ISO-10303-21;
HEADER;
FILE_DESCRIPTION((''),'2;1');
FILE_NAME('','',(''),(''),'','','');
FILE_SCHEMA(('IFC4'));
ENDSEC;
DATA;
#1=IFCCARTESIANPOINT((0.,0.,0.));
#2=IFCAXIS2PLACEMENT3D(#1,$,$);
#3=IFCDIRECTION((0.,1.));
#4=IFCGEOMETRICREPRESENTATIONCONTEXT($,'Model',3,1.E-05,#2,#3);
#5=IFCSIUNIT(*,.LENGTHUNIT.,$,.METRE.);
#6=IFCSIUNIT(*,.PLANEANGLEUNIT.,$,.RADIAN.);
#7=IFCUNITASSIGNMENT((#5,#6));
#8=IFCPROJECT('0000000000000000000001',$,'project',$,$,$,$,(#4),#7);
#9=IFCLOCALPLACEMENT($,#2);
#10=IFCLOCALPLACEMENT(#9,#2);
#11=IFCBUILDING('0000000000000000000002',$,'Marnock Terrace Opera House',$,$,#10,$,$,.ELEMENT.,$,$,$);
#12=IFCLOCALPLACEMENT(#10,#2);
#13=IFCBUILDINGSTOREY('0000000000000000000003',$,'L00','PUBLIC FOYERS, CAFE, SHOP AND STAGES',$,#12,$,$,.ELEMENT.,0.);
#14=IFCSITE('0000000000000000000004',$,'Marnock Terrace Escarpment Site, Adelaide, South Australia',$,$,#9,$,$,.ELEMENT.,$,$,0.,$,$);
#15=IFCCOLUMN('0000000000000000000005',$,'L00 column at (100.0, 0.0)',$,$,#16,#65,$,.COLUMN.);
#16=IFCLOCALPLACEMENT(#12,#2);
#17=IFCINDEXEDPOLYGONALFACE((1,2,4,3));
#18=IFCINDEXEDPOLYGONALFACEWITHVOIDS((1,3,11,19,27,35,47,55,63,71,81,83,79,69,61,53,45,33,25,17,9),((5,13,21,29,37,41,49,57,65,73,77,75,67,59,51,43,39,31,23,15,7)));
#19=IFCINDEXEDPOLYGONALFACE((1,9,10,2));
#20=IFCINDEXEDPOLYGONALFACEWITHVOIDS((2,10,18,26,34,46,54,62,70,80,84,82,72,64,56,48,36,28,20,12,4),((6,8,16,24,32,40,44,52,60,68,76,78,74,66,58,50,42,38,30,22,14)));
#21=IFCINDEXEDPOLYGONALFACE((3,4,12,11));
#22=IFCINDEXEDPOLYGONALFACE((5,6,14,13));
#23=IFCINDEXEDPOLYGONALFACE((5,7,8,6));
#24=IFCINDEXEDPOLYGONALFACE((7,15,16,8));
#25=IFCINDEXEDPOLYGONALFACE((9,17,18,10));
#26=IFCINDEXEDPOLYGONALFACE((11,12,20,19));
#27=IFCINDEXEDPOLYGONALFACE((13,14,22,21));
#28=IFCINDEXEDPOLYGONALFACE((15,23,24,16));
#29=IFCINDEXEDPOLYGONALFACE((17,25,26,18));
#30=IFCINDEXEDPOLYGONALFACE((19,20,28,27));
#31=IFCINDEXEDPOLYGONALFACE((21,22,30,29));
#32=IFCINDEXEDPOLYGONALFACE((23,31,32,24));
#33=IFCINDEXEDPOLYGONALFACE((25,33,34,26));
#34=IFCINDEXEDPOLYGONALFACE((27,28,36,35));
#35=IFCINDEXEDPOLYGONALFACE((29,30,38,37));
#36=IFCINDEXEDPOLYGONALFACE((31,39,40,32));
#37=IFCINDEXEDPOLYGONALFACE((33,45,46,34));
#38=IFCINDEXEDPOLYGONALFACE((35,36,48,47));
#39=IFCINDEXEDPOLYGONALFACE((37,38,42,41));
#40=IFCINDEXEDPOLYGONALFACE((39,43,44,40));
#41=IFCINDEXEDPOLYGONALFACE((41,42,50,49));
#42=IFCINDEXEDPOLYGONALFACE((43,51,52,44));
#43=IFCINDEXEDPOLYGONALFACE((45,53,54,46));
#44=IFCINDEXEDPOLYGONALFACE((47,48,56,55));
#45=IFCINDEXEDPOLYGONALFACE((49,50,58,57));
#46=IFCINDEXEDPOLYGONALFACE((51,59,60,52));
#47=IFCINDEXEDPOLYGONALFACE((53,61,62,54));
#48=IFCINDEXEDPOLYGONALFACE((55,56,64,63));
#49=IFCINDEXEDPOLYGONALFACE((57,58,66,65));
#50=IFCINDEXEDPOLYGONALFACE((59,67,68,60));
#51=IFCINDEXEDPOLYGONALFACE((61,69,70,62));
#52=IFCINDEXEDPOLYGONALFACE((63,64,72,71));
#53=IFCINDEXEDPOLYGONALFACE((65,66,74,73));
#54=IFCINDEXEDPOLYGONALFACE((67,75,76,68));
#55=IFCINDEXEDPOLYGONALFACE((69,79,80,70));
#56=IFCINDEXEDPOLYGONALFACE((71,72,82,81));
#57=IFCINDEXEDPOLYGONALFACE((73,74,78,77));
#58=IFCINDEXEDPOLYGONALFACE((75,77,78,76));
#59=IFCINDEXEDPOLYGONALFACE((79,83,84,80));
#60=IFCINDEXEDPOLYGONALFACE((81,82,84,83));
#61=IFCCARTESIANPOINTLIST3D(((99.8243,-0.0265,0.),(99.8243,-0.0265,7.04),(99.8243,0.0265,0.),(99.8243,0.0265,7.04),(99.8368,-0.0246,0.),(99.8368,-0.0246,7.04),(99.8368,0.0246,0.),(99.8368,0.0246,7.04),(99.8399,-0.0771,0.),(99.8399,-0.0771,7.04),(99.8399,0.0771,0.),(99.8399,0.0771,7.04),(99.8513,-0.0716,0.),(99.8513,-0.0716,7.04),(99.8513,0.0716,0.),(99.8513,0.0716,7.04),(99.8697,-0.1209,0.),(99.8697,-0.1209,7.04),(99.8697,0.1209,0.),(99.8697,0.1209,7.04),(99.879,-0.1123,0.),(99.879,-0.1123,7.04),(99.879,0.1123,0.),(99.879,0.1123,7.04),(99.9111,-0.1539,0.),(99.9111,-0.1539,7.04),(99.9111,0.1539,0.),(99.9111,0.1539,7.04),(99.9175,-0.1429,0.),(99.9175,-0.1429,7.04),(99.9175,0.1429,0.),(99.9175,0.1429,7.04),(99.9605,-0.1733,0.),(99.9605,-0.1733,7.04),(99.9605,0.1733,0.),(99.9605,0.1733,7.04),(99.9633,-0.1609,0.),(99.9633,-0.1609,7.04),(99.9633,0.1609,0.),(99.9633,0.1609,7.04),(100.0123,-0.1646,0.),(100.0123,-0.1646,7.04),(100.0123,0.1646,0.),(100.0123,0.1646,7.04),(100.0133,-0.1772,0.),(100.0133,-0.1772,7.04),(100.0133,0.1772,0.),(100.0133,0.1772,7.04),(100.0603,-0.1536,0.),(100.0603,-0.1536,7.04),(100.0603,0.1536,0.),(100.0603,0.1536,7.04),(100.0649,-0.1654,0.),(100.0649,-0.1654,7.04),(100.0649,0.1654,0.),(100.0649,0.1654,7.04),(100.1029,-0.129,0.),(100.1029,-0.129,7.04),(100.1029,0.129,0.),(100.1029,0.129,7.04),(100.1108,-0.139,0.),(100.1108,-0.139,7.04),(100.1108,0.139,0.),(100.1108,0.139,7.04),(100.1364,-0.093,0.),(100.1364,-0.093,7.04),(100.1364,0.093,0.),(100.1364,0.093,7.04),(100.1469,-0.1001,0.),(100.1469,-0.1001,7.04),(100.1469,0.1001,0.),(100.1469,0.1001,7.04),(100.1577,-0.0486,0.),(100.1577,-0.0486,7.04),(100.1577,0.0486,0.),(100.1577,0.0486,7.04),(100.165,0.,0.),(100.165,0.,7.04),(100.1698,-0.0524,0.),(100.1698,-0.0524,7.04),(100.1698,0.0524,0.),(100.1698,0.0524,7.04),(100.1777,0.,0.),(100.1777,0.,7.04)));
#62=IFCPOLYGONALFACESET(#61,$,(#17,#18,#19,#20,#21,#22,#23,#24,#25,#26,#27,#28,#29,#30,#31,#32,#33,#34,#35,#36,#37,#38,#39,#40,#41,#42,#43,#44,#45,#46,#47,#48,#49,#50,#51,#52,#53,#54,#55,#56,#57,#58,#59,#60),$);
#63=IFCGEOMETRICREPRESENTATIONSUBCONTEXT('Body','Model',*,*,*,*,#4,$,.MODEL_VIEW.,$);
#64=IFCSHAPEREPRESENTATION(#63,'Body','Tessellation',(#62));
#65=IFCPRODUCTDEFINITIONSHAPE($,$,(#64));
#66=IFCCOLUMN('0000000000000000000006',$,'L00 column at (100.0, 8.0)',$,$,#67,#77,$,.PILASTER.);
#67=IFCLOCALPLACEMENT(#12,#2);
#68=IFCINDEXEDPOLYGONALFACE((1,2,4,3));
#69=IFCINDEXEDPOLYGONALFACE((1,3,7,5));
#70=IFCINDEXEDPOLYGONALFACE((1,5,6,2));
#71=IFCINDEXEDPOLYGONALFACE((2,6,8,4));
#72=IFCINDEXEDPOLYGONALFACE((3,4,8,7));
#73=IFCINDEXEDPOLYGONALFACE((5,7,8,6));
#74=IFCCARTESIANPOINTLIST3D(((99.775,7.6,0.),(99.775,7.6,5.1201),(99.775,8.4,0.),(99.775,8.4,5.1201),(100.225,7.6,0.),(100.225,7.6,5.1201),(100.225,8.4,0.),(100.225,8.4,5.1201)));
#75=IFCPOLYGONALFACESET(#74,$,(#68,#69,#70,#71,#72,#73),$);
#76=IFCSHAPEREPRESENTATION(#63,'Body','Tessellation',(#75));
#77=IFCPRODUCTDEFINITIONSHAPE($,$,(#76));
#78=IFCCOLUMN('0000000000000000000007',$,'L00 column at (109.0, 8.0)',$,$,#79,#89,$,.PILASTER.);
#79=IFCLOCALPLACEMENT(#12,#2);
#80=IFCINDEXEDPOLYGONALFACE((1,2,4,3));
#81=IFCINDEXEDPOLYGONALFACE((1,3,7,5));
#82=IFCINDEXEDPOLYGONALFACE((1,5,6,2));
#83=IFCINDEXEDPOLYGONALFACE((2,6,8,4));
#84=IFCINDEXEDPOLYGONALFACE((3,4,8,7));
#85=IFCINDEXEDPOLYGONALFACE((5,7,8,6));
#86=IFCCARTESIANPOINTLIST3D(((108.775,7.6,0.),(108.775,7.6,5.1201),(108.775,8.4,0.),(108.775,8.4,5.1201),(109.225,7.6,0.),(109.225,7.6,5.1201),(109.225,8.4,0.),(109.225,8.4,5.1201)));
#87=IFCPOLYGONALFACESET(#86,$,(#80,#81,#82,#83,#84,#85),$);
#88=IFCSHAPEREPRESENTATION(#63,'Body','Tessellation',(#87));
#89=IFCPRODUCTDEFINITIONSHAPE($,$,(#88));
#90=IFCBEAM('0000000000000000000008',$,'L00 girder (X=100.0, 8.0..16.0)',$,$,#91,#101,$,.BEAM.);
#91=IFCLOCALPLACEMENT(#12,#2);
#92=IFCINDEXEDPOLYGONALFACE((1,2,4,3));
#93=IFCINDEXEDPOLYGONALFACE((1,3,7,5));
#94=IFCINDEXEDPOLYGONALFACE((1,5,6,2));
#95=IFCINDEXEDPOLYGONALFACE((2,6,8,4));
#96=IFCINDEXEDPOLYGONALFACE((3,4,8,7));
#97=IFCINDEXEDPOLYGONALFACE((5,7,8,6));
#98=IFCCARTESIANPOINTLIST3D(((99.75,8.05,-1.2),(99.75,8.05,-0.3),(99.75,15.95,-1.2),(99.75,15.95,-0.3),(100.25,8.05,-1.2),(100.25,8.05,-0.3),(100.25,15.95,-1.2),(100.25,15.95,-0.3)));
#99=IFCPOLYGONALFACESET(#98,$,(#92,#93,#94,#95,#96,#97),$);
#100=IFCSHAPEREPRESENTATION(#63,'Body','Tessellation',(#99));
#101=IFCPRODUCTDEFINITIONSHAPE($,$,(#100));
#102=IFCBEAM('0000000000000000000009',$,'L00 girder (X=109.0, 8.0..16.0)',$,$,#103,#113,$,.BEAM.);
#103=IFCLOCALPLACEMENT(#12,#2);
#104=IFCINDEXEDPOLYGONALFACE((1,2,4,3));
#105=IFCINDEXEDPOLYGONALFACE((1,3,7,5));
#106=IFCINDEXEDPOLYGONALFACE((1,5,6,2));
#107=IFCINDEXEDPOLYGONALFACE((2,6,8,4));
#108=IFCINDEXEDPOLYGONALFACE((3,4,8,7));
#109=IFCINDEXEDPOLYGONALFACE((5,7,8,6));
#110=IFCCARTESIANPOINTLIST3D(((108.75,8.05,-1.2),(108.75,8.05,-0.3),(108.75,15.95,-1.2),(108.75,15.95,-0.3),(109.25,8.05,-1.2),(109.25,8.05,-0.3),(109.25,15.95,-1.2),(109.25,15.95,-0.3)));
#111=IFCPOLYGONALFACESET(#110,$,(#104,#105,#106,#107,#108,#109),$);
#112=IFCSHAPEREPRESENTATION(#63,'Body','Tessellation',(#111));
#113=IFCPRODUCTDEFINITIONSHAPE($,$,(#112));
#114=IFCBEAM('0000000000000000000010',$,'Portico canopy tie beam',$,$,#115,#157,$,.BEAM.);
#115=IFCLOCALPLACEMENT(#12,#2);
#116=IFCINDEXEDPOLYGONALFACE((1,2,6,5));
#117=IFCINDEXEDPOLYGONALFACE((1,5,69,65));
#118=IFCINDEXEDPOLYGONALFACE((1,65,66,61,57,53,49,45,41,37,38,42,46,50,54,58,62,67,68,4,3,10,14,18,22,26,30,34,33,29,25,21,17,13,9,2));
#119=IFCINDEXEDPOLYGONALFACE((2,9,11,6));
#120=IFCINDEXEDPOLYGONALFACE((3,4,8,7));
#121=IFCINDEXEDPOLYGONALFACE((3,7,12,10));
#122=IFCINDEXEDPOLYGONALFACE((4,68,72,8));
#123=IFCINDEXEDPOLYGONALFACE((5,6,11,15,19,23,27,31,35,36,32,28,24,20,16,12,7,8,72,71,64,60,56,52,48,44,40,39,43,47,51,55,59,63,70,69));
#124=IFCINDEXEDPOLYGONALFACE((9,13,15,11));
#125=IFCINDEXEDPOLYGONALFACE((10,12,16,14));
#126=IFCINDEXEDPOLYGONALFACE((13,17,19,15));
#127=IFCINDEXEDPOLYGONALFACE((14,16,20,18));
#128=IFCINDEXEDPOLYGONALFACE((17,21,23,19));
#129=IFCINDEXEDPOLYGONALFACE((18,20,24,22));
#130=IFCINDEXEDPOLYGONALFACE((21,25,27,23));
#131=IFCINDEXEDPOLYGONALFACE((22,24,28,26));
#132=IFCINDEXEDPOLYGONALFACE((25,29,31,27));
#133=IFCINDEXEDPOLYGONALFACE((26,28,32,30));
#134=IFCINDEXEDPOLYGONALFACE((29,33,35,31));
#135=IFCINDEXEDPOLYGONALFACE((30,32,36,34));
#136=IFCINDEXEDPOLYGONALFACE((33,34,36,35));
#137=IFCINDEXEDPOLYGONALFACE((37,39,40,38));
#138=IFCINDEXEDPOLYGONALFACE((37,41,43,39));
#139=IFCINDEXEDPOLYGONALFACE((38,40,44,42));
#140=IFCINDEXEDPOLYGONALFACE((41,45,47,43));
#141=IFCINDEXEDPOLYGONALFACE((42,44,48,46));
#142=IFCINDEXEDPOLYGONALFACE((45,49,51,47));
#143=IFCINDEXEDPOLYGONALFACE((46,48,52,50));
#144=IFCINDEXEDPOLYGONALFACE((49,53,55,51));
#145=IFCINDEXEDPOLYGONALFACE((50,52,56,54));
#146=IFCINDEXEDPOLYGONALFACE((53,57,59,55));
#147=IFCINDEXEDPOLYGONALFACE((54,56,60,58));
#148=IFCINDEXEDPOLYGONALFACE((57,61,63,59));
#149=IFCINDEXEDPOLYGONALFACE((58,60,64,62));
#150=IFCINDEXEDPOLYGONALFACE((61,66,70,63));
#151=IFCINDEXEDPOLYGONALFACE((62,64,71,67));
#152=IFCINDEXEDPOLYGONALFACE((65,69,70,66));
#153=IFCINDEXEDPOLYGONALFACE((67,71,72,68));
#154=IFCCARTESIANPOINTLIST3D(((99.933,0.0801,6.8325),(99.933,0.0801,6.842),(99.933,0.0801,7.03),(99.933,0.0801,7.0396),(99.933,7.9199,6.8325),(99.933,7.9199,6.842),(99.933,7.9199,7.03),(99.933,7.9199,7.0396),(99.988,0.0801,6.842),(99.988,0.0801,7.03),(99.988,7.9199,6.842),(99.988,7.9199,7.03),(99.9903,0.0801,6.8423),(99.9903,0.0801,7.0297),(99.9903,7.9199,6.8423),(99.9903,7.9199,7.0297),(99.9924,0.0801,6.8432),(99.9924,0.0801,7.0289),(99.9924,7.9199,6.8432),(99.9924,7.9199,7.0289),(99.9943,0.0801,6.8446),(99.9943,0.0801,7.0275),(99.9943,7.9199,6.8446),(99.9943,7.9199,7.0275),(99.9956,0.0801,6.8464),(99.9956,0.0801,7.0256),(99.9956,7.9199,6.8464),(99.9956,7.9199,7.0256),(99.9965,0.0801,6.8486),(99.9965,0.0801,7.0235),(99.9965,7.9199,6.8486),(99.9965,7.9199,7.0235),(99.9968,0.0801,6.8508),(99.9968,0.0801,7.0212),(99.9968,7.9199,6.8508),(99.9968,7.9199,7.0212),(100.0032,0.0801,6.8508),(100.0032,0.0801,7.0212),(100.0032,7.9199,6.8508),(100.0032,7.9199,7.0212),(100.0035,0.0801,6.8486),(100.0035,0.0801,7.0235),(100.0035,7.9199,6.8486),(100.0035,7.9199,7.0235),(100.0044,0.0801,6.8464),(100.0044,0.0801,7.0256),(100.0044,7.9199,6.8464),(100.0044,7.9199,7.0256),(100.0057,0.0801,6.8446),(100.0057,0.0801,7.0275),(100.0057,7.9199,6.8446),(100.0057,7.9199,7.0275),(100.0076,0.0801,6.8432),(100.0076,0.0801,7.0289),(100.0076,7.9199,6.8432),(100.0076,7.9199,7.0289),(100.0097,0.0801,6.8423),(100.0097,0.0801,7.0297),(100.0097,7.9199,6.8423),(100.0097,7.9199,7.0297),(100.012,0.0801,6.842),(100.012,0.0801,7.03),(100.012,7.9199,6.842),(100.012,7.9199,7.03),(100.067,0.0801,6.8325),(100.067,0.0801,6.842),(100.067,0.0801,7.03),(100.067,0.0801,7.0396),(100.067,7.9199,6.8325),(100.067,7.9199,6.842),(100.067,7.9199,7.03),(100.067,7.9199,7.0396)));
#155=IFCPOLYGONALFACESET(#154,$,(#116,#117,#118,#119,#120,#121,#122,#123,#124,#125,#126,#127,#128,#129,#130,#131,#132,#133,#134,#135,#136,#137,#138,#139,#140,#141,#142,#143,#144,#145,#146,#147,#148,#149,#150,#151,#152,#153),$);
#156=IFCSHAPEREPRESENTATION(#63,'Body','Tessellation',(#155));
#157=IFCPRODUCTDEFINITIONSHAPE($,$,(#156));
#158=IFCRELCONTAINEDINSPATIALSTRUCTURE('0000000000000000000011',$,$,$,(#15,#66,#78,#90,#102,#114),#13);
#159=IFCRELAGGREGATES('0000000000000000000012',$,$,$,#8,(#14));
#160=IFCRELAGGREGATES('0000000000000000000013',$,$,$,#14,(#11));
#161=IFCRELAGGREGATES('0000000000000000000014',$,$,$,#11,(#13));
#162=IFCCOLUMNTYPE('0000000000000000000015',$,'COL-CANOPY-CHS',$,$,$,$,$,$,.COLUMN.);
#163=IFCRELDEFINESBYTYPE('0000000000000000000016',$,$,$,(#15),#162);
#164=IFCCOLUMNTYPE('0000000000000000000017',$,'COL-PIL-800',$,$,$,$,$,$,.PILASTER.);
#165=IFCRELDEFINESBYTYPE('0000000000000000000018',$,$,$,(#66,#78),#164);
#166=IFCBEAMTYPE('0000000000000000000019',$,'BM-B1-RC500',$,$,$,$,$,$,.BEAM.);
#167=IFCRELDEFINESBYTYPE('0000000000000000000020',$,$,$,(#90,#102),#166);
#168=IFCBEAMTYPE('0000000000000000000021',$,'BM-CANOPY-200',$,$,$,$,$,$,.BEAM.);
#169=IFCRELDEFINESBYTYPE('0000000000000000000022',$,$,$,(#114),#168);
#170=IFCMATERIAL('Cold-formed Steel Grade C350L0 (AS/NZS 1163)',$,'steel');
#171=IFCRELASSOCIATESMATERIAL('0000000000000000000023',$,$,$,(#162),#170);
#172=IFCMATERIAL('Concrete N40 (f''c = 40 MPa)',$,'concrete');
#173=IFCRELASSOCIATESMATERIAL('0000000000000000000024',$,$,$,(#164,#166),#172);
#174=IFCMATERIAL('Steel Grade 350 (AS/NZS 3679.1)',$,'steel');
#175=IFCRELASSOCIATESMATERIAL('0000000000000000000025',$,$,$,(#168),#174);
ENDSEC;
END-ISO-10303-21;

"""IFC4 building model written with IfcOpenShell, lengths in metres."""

from ifc_helpers import new_model, si_unit, direction, frame, origin, origin_2d, place, context, subcontext, project, spatial, rectangle, hollow_circle, i_section, extrude, material, material_profile, profile_set, type_object, element, save


model = new_model("IFC4")

# Units and contexts
model_context = context("Model", 3, precision=1e-05, world=origin(), true_north=direction((0.0, 1.0)))
body_context = subcontext(model_context, "Body", "Model", "MODEL_VIEW")
ifc_project = project(units=[si_unit("LENGTHUNIT", "METRE"), si_unit("PLANEANGLEUNIT", "RADIAN")], contexts=[model_context])

# Site, building, storey
site_placement = place(None, origin())
site = spatial("IfcSite", under=ifc_project, at=site_placement, Name="Marnock Terrace Escarpment Site, Adelaide, South Australia", CompositionType="ELEMENT", RefElevation=0.0)
building_placement = place(site_placement, origin())
building = spatial("IfcBuilding", under=site, at=building_placement, Name="Marnock Terrace Opera House", CompositionType="ELEMENT")
storey_placement = place(building_placement, origin())
storey = spatial("IfcBuildingStorey", under=building, at=storey_placement, Name="L00", Description="PUBLIC FOYERS, CAFE, SHOP AND STAGES", CompositionType="ELEMENT", Elevation=0.0)

# Columns
ifc_material_1 = material(Name="Cold-formed Steel Grade C350L0 (AS/NZS 1163)", Category="steel")
ifc_material_profile_1 = material_profile(ifc_material_1, hollow_circle(Radius=0.1777, WallThickness=0.0127, at=origin_2d()))
ifc_profile_set_1 = profile_set([ifc_material_profile_1], Name="Cold-formed Steel Grade C350L0 (AS/NZS 1163)")
column_type_1 = type_object("IfcColumnType", Name="COL-CANOPY-CHS", PredefinedType="COLUMN", material=ifc_profile_set_1)
column_placement = place(storey_placement, frame((100.0, 0.0, 0.0), z_axis=(0.0, 0.0, 1.0), x_axis=(1.0, 0.0, 0.0)))
element("IfcColumn", 1, at=column_placement, inside=storey, type_object=column_type_1, Name="L00 column at (100.0, 0.0)", PredefinedType="COLUMN", context=body_context, shape_type="SweptSolid", body=[
    extrude(hollow_circle(Radius=0.1777, WallThickness=0.0127, at=origin_2d()), origin(), (0.0, 0.0, 1.0), 7.04),
])
ifc_material_2 = material(Name="Concrete N40 (f'c = 40 MPa)", Category="concrete")
ifc_material_profile_2 = material_profile(ifc_material_2, rectangle(XDim=0.45, YDim=0.8, at=origin_2d()))
ifc_profile_set_2 = profile_set([ifc_material_profile_2], Name="Concrete N40 (f'c = 40 MPa)")
column_type_2 = type_object("IfcColumnType", Name="COL-PIL-800", PredefinedType="PILASTER", material=ifc_profile_set_2)
for number, where, z_axis, x_axis, name in (
    (2, (100.0, 8.0, 0.0), (0.0, 0.0, 1.0), (1.0, 0.0, 0.0), "L00 column at (100.0, 8.0)"),
    (3, (109.0, 8.0, 0.0), (0.0, 0.0, 1.0), (1.0, 0.0, 0.0), "L00 column at (109.0, 8.0)"),
):
    element("IfcColumn", number, at=place(storey_placement, frame(where, z_axis=z_axis, x_axis=x_axis)), inside=storey, type_object=column_type_2, Name=name, PredefinedType="PILASTER", context=body_context, shape_type="SweptSolid", body=[
        extrude(rectangle(XDim=0.45, YDim=0.8, at=origin_2d()), origin(), (0.0, 0.0, 1.0), 5.1201),
    ])

# Beams
ifc_material_profile_3 = material_profile(ifc_material_2, rectangle(XDim=0.5, YDim=0.8999, at=origin_2d()))
ifc_profile_set_3 = profile_set([ifc_material_profile_3], Name="Concrete N40 (f'c = 40 MPa)")
beam_type_1 = type_object("IfcBeamType", Name="BM-B1-RC500", PredefinedType="BEAM", material=ifc_profile_set_3)
for number, where, z_axis, x_axis, name in (
    (4, (100.0, 8.05, -0.75), (0.0, 1.0, 0.0), (-1.0, 0.0, 0.0), "L00 girder (X=100.0, 8.0..16.0)"),
    (5, (109.0, 8.05, -0.75), (0.0, 1.0, 0.0), (-1.0, 0.0, 0.0), "L00 girder (X=109.0, 8.0..16.0)"),
):
    element("IfcBeam", number, at=place(storey_placement, frame(where, z_axis=z_axis, x_axis=x_axis)), inside=storey, type_object=beam_type_1, Name=name, PredefinedType="BEAM", context=body_context, shape_type="SweptSolid", body=[
        extrude(rectangle(XDim=0.5, YDim=0.8999, at=origin_2d()), origin(), (0.0, 0.0, 1.0), 7.8999),
    ])
ifc_material_3 = material(Name="Steel Grade 350 (AS/NZS 3679.1)", Category="steel")
ifc_material_profile_4 = material_profile(ifc_material_3, i_section(OverallWidth=0.134, OverallDepth=0.207, WebThickness=0.0063, FlangeThickness=0.0095, FilletRadius=0.0088, at=origin_2d()))
ifc_profile_set_4 = profile_set([ifc_material_profile_4], Name="Steel Grade 350 (AS/NZS 3679.1)")
beam_type_2 = type_object("IfcBeamType", Name="BM-CANOPY-200", PredefinedType="BEAM", material=ifc_profile_set_4)
beam_1_placement = place(storey_placement, frame((100.0, 0.0801, 6.936), z_axis=(0.0, 1.0, 0.0), x_axis=(-1.0, 0.0, 0.0)))
element("IfcBeam", 6, at=beam_1_placement, inside=storey, type_object=beam_type_2, Name="Portico canopy tie beam", PredefinedType="BEAM", context=body_context, shape_type="SweptSolid", body=[
    extrude(i_section(OverallWidth=0.134, OverallDepth=0.207, WebThickness=0.0063, FlangeThickness=0.0095, FilletRadius=0.0088, at=origin_2d()), origin(), (0.0, 0.0, 1.0), 7.8398),
])

save(model, "model.ifc")
